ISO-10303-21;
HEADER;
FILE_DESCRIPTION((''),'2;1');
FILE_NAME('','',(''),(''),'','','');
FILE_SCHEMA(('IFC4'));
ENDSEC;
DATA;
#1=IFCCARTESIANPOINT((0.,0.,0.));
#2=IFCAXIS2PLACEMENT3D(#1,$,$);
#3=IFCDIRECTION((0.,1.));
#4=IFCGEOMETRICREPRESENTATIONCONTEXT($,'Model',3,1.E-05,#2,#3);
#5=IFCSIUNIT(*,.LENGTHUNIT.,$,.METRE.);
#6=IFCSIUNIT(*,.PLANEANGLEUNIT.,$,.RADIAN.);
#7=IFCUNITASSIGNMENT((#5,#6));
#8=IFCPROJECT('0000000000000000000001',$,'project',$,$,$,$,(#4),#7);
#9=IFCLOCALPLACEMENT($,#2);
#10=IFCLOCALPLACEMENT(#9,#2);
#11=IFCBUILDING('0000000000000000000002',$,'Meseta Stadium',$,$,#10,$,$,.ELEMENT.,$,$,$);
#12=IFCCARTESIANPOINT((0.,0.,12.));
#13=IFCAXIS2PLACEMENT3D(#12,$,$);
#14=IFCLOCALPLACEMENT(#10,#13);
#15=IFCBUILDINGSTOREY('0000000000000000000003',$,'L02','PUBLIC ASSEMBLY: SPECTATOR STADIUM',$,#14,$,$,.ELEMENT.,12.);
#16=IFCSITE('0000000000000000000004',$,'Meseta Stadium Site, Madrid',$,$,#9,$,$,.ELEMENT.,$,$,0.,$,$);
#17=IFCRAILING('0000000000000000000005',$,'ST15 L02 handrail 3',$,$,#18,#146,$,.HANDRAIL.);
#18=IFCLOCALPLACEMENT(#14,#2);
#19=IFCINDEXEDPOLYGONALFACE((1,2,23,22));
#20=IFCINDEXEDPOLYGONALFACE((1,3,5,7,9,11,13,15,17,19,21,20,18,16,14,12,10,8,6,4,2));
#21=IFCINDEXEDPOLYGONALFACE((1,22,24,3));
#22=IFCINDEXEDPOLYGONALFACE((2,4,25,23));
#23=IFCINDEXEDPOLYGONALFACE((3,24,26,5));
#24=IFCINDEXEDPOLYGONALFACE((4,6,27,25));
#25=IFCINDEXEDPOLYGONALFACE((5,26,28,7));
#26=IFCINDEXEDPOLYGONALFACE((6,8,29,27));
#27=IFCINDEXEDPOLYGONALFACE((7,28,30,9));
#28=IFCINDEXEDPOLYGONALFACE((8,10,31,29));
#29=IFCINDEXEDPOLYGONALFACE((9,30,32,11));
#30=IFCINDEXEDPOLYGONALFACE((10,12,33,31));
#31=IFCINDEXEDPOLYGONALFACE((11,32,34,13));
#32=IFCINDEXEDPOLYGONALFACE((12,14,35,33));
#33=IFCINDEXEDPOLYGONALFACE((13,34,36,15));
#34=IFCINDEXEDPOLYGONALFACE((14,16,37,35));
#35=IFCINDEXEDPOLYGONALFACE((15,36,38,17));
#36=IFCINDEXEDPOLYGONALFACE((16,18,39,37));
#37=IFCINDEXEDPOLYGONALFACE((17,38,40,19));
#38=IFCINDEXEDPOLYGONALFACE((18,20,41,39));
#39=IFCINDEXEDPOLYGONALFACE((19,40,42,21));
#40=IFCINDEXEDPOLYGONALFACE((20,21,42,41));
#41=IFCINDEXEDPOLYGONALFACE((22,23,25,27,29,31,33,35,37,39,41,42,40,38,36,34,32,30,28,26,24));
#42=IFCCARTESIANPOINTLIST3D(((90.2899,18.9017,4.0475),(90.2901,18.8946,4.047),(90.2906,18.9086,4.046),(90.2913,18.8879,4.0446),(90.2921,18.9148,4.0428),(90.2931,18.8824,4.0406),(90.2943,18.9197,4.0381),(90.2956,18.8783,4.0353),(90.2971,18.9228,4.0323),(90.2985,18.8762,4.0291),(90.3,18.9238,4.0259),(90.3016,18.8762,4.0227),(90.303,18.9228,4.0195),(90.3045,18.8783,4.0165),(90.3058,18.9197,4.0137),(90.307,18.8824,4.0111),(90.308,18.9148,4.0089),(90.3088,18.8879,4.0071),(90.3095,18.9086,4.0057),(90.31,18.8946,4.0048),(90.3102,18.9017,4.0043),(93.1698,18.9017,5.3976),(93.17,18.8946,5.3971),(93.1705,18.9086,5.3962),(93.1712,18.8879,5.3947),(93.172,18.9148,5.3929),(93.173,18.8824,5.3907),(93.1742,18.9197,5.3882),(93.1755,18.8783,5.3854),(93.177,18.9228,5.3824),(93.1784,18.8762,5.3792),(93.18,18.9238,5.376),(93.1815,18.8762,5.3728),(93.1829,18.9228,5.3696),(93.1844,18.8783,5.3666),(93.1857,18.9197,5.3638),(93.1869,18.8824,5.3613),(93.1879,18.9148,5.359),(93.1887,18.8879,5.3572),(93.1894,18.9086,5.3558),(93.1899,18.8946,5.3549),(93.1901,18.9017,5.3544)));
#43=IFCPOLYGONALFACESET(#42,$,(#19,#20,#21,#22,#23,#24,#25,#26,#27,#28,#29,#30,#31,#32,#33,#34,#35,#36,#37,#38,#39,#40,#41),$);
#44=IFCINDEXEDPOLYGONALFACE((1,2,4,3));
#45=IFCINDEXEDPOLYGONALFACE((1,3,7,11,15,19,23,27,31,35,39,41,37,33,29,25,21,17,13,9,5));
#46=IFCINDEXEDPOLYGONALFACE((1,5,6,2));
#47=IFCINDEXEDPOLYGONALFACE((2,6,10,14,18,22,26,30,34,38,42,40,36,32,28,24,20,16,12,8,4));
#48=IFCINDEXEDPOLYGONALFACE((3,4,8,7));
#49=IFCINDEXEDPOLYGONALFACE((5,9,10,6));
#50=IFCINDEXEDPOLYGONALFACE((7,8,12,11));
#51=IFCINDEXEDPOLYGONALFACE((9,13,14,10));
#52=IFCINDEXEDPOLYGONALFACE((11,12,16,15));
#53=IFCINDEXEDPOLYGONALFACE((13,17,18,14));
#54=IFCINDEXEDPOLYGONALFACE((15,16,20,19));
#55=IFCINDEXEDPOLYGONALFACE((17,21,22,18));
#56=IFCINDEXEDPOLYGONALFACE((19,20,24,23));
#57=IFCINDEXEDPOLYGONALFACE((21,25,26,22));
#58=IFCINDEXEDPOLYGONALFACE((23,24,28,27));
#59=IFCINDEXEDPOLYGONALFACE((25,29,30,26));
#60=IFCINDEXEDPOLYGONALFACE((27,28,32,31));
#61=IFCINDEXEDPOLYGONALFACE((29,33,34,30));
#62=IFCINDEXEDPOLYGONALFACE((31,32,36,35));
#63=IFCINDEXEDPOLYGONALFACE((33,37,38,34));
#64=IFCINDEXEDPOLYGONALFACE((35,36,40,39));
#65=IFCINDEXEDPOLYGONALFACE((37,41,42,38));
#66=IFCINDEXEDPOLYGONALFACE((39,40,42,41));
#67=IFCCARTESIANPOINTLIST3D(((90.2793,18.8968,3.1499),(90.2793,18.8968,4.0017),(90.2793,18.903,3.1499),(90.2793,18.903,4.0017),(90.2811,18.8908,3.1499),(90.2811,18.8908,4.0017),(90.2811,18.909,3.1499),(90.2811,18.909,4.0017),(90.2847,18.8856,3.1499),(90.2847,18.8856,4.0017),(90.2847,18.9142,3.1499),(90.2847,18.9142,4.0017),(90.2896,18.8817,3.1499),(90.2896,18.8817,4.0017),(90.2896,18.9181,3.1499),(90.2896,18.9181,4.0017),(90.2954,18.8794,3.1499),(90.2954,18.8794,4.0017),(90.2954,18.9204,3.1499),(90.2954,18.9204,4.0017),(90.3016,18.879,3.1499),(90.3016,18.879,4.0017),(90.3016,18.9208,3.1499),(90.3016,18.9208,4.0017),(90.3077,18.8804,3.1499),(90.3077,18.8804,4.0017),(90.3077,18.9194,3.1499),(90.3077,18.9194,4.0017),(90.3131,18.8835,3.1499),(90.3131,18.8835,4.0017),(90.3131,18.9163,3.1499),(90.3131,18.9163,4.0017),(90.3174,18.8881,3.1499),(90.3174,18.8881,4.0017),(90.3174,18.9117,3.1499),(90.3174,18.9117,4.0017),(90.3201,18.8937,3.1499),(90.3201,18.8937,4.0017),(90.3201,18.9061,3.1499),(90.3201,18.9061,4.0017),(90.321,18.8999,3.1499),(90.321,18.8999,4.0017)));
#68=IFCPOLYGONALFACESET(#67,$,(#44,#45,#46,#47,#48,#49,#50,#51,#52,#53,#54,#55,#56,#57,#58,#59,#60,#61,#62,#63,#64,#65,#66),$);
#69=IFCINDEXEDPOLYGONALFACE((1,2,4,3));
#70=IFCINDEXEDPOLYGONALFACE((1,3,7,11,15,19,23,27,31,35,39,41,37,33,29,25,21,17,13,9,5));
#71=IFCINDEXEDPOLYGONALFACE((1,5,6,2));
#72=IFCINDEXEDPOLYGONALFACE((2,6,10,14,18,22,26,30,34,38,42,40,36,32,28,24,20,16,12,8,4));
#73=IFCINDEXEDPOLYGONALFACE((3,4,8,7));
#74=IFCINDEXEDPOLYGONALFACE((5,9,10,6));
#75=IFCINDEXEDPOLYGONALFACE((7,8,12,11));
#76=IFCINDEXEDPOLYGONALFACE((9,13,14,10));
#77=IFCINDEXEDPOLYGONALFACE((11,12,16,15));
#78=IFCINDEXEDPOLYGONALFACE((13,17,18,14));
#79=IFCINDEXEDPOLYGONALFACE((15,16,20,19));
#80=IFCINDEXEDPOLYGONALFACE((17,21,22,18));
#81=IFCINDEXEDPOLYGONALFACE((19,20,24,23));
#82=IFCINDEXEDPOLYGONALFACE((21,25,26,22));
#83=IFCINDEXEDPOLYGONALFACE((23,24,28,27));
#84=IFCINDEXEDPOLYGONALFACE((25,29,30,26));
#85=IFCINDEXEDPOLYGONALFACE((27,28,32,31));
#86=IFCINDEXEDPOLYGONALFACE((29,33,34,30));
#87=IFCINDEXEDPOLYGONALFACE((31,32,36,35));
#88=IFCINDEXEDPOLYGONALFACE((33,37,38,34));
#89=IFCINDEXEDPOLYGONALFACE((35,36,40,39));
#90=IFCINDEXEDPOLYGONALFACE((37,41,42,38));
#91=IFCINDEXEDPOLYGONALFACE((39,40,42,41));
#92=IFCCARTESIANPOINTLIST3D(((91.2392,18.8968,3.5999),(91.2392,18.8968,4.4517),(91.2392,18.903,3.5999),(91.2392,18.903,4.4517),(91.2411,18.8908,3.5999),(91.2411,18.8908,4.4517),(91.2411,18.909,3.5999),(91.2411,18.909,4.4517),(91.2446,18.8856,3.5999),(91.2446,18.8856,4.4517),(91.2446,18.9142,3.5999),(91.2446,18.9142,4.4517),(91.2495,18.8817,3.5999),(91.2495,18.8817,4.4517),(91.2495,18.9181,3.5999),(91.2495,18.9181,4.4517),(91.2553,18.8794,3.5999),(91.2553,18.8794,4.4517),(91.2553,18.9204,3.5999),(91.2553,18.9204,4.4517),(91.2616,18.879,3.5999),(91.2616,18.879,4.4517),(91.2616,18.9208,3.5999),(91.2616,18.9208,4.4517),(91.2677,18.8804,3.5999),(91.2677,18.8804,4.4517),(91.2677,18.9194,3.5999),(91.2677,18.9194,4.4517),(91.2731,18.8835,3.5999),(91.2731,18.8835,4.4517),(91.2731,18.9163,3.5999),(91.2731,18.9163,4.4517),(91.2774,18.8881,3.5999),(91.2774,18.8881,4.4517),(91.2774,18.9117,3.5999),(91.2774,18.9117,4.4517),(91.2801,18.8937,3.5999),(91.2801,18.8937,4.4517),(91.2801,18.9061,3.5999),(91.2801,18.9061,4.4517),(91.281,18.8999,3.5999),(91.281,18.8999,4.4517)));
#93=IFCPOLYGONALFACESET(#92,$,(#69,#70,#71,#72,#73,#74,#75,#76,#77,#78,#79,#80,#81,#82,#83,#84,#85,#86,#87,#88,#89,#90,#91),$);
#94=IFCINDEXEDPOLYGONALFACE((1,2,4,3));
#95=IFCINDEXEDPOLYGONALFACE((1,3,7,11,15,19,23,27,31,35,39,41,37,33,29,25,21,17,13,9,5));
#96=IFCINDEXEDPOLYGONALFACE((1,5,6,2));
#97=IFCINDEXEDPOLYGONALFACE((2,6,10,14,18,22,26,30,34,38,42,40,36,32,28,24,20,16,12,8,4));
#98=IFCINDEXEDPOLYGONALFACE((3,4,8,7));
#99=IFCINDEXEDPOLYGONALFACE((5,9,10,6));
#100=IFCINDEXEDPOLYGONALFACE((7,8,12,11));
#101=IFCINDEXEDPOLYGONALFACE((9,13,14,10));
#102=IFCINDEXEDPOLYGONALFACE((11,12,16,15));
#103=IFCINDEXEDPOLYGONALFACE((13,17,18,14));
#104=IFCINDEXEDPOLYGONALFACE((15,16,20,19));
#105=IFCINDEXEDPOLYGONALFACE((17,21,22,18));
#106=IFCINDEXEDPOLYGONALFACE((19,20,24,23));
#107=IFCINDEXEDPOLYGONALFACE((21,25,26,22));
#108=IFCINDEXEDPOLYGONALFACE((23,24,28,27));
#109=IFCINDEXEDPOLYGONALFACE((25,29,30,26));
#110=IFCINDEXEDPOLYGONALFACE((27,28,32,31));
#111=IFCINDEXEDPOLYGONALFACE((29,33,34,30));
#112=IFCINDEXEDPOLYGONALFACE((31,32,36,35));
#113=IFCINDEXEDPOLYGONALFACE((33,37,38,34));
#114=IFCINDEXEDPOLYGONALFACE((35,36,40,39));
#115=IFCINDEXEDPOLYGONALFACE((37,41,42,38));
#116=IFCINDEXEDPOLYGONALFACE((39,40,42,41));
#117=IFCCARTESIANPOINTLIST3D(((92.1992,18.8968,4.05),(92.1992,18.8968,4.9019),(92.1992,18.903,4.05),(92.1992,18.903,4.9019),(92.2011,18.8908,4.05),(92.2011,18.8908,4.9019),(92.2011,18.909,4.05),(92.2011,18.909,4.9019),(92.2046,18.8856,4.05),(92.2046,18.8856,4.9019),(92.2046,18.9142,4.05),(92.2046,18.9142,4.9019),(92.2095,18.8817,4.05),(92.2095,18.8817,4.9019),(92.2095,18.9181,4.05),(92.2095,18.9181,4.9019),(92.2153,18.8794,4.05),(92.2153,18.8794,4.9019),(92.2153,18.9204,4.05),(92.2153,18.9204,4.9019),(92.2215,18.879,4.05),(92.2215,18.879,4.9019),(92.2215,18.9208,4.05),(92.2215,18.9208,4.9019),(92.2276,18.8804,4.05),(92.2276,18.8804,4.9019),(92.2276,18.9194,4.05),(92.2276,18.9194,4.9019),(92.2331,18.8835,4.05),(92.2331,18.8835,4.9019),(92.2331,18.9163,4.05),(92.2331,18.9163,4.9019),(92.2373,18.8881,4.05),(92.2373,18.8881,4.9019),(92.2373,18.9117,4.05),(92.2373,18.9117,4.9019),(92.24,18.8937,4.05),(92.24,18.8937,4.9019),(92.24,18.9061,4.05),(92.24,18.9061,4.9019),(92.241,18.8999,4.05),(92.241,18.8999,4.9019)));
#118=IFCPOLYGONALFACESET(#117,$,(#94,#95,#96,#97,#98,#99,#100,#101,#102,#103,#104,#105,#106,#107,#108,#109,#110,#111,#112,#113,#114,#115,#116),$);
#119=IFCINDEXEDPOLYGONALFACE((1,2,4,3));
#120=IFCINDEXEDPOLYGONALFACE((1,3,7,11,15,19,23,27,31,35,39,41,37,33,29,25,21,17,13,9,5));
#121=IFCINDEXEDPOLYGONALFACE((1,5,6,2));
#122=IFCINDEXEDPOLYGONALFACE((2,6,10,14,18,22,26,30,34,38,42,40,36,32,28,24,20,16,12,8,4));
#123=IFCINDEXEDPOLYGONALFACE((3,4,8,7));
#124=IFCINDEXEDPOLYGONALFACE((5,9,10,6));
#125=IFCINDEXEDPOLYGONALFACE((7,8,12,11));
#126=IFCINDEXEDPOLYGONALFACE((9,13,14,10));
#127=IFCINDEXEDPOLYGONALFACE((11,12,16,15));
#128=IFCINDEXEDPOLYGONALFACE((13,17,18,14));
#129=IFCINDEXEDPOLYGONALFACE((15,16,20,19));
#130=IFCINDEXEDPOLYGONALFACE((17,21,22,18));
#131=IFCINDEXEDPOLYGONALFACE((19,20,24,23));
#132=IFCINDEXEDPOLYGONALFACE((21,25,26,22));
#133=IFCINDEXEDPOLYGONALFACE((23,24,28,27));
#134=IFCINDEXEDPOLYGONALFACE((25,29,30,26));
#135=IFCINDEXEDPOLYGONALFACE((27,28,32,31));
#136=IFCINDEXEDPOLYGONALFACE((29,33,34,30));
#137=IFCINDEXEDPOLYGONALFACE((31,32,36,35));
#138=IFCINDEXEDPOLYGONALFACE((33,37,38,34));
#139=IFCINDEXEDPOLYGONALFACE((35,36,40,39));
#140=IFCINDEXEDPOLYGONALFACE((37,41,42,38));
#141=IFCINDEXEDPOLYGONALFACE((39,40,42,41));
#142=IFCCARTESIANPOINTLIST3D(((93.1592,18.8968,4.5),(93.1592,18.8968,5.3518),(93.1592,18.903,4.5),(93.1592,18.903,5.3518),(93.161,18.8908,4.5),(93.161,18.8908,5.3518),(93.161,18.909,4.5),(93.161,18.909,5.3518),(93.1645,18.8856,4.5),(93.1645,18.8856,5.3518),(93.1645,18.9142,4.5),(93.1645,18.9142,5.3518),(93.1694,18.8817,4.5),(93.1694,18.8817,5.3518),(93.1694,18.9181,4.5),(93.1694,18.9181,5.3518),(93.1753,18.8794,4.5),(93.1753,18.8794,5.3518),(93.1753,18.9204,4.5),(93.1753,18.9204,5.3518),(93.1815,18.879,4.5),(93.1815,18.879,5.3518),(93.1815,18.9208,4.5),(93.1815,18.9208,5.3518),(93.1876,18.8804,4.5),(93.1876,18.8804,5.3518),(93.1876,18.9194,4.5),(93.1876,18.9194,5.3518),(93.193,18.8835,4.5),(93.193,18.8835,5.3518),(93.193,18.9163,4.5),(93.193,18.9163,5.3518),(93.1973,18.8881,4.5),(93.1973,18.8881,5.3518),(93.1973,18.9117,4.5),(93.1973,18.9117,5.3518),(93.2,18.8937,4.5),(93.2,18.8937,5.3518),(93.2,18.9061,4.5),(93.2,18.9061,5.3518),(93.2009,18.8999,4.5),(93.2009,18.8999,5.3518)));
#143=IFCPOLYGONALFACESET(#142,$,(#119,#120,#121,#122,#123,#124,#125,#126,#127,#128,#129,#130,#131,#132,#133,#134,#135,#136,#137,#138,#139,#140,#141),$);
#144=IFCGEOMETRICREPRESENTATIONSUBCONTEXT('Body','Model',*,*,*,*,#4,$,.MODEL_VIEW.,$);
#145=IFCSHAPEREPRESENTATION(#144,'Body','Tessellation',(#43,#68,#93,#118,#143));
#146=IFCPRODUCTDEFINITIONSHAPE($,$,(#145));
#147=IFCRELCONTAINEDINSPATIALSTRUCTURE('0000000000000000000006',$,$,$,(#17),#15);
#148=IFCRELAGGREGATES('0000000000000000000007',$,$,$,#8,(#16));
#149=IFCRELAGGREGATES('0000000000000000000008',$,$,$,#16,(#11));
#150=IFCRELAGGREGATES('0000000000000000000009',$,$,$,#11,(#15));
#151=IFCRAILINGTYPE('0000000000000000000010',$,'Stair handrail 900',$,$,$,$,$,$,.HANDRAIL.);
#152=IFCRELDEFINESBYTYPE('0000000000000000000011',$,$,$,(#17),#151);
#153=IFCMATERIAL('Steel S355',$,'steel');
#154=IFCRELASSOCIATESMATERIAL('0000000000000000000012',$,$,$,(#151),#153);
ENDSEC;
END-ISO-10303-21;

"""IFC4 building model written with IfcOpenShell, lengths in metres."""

from ifc_helpers import new_model, si_unit, direction, frame, origin, origin_2d, place, context, subcontext, project, spatial, circle, extrude, material, type_object, element, save


model = new_model("IFC4")

# Units and contexts
model_context = context("Model", 3, precision=1e-05, world=origin(), true_north=direction((0.0, 1.0)))
body_context = subcontext(model_context, "Body", "Model", "MODEL_VIEW")
ifc_project = project(units=[si_unit("LENGTHUNIT", "METRE"), si_unit("PLANEANGLEUNIT", "RADIAN")], contexts=[model_context])

# Site, building, storey
site_placement = place(None, origin())
site = spatial("IfcSite", under=ifc_project, at=site_placement, Name="Meseta Stadium Site, Madrid", CompositionType="ELEMENT", RefElevation=0.0)
building_placement = place(site_placement, origin())
building = spatial("IfcBuilding", under=site, at=building_placement, Name="Meseta Stadium", CompositionType="ELEMENT")
storey_placement = place(building_placement, frame((0.0, 0.0, 12.0)))
storey = spatial("IfcBuildingStorey", under=building, at=storey_placement, Name="L02", Description="PUBLIC ASSEMBLY: SPECTATOR STADIUM", CompositionType="ELEMENT", Elevation=12.0)

# Railing
ifc_material_1 = material(Name="Steel S355", Category="steel")
railing_type_1 = type_object("IfcRailingType", Name="Stair handrail 900", PredefinedType="HANDRAIL", material=ifc_material_1)
for number, where, name in (
    (1, (90.3, 18.8999, 3.1499), "ST15 L02 handrail 3"),
):
    element("IfcRailing", number, at=place(storey_placement, frame(where)), inside=storey, type_object=railing_type_1, Name=name, PredefinedType="HANDRAIL", context=body_context, shape_type="SweptSolid", body=[
        extrude(circle(Radius=0.0239, at=origin_2d()), frame((0.0, 0.0, 0.876), z_axis=(0.90544, 0.0, 0.424473), x_axis=(0.0, 1.0, 0.0)), (0.0, 0.0, 1.0), 3.1807),
        extrude(circle(Radius=0.021, at=origin_2d()), origin(), (0.0, 0.0, 1.0), 0.8518),
        extrude(circle(Radius=0.021, at=origin_2d()), frame((0.96, 0.0, 0.45)), (0.0, 0.0, 1.0), 0.8518),
        extrude(circle(Radius=0.021, at=origin_2d()), frame((1.9199, 0.0, 0.9001)), (0.0, 0.0, 1.0), 0.8518),
        extrude(circle(Radius=0.021, at=origin_2d()), frame((2.8799, 0.0, 1.3501)), (0.0, 0.0, 1.0), 0.8518),
    ])

save(model, "model.ifc")
